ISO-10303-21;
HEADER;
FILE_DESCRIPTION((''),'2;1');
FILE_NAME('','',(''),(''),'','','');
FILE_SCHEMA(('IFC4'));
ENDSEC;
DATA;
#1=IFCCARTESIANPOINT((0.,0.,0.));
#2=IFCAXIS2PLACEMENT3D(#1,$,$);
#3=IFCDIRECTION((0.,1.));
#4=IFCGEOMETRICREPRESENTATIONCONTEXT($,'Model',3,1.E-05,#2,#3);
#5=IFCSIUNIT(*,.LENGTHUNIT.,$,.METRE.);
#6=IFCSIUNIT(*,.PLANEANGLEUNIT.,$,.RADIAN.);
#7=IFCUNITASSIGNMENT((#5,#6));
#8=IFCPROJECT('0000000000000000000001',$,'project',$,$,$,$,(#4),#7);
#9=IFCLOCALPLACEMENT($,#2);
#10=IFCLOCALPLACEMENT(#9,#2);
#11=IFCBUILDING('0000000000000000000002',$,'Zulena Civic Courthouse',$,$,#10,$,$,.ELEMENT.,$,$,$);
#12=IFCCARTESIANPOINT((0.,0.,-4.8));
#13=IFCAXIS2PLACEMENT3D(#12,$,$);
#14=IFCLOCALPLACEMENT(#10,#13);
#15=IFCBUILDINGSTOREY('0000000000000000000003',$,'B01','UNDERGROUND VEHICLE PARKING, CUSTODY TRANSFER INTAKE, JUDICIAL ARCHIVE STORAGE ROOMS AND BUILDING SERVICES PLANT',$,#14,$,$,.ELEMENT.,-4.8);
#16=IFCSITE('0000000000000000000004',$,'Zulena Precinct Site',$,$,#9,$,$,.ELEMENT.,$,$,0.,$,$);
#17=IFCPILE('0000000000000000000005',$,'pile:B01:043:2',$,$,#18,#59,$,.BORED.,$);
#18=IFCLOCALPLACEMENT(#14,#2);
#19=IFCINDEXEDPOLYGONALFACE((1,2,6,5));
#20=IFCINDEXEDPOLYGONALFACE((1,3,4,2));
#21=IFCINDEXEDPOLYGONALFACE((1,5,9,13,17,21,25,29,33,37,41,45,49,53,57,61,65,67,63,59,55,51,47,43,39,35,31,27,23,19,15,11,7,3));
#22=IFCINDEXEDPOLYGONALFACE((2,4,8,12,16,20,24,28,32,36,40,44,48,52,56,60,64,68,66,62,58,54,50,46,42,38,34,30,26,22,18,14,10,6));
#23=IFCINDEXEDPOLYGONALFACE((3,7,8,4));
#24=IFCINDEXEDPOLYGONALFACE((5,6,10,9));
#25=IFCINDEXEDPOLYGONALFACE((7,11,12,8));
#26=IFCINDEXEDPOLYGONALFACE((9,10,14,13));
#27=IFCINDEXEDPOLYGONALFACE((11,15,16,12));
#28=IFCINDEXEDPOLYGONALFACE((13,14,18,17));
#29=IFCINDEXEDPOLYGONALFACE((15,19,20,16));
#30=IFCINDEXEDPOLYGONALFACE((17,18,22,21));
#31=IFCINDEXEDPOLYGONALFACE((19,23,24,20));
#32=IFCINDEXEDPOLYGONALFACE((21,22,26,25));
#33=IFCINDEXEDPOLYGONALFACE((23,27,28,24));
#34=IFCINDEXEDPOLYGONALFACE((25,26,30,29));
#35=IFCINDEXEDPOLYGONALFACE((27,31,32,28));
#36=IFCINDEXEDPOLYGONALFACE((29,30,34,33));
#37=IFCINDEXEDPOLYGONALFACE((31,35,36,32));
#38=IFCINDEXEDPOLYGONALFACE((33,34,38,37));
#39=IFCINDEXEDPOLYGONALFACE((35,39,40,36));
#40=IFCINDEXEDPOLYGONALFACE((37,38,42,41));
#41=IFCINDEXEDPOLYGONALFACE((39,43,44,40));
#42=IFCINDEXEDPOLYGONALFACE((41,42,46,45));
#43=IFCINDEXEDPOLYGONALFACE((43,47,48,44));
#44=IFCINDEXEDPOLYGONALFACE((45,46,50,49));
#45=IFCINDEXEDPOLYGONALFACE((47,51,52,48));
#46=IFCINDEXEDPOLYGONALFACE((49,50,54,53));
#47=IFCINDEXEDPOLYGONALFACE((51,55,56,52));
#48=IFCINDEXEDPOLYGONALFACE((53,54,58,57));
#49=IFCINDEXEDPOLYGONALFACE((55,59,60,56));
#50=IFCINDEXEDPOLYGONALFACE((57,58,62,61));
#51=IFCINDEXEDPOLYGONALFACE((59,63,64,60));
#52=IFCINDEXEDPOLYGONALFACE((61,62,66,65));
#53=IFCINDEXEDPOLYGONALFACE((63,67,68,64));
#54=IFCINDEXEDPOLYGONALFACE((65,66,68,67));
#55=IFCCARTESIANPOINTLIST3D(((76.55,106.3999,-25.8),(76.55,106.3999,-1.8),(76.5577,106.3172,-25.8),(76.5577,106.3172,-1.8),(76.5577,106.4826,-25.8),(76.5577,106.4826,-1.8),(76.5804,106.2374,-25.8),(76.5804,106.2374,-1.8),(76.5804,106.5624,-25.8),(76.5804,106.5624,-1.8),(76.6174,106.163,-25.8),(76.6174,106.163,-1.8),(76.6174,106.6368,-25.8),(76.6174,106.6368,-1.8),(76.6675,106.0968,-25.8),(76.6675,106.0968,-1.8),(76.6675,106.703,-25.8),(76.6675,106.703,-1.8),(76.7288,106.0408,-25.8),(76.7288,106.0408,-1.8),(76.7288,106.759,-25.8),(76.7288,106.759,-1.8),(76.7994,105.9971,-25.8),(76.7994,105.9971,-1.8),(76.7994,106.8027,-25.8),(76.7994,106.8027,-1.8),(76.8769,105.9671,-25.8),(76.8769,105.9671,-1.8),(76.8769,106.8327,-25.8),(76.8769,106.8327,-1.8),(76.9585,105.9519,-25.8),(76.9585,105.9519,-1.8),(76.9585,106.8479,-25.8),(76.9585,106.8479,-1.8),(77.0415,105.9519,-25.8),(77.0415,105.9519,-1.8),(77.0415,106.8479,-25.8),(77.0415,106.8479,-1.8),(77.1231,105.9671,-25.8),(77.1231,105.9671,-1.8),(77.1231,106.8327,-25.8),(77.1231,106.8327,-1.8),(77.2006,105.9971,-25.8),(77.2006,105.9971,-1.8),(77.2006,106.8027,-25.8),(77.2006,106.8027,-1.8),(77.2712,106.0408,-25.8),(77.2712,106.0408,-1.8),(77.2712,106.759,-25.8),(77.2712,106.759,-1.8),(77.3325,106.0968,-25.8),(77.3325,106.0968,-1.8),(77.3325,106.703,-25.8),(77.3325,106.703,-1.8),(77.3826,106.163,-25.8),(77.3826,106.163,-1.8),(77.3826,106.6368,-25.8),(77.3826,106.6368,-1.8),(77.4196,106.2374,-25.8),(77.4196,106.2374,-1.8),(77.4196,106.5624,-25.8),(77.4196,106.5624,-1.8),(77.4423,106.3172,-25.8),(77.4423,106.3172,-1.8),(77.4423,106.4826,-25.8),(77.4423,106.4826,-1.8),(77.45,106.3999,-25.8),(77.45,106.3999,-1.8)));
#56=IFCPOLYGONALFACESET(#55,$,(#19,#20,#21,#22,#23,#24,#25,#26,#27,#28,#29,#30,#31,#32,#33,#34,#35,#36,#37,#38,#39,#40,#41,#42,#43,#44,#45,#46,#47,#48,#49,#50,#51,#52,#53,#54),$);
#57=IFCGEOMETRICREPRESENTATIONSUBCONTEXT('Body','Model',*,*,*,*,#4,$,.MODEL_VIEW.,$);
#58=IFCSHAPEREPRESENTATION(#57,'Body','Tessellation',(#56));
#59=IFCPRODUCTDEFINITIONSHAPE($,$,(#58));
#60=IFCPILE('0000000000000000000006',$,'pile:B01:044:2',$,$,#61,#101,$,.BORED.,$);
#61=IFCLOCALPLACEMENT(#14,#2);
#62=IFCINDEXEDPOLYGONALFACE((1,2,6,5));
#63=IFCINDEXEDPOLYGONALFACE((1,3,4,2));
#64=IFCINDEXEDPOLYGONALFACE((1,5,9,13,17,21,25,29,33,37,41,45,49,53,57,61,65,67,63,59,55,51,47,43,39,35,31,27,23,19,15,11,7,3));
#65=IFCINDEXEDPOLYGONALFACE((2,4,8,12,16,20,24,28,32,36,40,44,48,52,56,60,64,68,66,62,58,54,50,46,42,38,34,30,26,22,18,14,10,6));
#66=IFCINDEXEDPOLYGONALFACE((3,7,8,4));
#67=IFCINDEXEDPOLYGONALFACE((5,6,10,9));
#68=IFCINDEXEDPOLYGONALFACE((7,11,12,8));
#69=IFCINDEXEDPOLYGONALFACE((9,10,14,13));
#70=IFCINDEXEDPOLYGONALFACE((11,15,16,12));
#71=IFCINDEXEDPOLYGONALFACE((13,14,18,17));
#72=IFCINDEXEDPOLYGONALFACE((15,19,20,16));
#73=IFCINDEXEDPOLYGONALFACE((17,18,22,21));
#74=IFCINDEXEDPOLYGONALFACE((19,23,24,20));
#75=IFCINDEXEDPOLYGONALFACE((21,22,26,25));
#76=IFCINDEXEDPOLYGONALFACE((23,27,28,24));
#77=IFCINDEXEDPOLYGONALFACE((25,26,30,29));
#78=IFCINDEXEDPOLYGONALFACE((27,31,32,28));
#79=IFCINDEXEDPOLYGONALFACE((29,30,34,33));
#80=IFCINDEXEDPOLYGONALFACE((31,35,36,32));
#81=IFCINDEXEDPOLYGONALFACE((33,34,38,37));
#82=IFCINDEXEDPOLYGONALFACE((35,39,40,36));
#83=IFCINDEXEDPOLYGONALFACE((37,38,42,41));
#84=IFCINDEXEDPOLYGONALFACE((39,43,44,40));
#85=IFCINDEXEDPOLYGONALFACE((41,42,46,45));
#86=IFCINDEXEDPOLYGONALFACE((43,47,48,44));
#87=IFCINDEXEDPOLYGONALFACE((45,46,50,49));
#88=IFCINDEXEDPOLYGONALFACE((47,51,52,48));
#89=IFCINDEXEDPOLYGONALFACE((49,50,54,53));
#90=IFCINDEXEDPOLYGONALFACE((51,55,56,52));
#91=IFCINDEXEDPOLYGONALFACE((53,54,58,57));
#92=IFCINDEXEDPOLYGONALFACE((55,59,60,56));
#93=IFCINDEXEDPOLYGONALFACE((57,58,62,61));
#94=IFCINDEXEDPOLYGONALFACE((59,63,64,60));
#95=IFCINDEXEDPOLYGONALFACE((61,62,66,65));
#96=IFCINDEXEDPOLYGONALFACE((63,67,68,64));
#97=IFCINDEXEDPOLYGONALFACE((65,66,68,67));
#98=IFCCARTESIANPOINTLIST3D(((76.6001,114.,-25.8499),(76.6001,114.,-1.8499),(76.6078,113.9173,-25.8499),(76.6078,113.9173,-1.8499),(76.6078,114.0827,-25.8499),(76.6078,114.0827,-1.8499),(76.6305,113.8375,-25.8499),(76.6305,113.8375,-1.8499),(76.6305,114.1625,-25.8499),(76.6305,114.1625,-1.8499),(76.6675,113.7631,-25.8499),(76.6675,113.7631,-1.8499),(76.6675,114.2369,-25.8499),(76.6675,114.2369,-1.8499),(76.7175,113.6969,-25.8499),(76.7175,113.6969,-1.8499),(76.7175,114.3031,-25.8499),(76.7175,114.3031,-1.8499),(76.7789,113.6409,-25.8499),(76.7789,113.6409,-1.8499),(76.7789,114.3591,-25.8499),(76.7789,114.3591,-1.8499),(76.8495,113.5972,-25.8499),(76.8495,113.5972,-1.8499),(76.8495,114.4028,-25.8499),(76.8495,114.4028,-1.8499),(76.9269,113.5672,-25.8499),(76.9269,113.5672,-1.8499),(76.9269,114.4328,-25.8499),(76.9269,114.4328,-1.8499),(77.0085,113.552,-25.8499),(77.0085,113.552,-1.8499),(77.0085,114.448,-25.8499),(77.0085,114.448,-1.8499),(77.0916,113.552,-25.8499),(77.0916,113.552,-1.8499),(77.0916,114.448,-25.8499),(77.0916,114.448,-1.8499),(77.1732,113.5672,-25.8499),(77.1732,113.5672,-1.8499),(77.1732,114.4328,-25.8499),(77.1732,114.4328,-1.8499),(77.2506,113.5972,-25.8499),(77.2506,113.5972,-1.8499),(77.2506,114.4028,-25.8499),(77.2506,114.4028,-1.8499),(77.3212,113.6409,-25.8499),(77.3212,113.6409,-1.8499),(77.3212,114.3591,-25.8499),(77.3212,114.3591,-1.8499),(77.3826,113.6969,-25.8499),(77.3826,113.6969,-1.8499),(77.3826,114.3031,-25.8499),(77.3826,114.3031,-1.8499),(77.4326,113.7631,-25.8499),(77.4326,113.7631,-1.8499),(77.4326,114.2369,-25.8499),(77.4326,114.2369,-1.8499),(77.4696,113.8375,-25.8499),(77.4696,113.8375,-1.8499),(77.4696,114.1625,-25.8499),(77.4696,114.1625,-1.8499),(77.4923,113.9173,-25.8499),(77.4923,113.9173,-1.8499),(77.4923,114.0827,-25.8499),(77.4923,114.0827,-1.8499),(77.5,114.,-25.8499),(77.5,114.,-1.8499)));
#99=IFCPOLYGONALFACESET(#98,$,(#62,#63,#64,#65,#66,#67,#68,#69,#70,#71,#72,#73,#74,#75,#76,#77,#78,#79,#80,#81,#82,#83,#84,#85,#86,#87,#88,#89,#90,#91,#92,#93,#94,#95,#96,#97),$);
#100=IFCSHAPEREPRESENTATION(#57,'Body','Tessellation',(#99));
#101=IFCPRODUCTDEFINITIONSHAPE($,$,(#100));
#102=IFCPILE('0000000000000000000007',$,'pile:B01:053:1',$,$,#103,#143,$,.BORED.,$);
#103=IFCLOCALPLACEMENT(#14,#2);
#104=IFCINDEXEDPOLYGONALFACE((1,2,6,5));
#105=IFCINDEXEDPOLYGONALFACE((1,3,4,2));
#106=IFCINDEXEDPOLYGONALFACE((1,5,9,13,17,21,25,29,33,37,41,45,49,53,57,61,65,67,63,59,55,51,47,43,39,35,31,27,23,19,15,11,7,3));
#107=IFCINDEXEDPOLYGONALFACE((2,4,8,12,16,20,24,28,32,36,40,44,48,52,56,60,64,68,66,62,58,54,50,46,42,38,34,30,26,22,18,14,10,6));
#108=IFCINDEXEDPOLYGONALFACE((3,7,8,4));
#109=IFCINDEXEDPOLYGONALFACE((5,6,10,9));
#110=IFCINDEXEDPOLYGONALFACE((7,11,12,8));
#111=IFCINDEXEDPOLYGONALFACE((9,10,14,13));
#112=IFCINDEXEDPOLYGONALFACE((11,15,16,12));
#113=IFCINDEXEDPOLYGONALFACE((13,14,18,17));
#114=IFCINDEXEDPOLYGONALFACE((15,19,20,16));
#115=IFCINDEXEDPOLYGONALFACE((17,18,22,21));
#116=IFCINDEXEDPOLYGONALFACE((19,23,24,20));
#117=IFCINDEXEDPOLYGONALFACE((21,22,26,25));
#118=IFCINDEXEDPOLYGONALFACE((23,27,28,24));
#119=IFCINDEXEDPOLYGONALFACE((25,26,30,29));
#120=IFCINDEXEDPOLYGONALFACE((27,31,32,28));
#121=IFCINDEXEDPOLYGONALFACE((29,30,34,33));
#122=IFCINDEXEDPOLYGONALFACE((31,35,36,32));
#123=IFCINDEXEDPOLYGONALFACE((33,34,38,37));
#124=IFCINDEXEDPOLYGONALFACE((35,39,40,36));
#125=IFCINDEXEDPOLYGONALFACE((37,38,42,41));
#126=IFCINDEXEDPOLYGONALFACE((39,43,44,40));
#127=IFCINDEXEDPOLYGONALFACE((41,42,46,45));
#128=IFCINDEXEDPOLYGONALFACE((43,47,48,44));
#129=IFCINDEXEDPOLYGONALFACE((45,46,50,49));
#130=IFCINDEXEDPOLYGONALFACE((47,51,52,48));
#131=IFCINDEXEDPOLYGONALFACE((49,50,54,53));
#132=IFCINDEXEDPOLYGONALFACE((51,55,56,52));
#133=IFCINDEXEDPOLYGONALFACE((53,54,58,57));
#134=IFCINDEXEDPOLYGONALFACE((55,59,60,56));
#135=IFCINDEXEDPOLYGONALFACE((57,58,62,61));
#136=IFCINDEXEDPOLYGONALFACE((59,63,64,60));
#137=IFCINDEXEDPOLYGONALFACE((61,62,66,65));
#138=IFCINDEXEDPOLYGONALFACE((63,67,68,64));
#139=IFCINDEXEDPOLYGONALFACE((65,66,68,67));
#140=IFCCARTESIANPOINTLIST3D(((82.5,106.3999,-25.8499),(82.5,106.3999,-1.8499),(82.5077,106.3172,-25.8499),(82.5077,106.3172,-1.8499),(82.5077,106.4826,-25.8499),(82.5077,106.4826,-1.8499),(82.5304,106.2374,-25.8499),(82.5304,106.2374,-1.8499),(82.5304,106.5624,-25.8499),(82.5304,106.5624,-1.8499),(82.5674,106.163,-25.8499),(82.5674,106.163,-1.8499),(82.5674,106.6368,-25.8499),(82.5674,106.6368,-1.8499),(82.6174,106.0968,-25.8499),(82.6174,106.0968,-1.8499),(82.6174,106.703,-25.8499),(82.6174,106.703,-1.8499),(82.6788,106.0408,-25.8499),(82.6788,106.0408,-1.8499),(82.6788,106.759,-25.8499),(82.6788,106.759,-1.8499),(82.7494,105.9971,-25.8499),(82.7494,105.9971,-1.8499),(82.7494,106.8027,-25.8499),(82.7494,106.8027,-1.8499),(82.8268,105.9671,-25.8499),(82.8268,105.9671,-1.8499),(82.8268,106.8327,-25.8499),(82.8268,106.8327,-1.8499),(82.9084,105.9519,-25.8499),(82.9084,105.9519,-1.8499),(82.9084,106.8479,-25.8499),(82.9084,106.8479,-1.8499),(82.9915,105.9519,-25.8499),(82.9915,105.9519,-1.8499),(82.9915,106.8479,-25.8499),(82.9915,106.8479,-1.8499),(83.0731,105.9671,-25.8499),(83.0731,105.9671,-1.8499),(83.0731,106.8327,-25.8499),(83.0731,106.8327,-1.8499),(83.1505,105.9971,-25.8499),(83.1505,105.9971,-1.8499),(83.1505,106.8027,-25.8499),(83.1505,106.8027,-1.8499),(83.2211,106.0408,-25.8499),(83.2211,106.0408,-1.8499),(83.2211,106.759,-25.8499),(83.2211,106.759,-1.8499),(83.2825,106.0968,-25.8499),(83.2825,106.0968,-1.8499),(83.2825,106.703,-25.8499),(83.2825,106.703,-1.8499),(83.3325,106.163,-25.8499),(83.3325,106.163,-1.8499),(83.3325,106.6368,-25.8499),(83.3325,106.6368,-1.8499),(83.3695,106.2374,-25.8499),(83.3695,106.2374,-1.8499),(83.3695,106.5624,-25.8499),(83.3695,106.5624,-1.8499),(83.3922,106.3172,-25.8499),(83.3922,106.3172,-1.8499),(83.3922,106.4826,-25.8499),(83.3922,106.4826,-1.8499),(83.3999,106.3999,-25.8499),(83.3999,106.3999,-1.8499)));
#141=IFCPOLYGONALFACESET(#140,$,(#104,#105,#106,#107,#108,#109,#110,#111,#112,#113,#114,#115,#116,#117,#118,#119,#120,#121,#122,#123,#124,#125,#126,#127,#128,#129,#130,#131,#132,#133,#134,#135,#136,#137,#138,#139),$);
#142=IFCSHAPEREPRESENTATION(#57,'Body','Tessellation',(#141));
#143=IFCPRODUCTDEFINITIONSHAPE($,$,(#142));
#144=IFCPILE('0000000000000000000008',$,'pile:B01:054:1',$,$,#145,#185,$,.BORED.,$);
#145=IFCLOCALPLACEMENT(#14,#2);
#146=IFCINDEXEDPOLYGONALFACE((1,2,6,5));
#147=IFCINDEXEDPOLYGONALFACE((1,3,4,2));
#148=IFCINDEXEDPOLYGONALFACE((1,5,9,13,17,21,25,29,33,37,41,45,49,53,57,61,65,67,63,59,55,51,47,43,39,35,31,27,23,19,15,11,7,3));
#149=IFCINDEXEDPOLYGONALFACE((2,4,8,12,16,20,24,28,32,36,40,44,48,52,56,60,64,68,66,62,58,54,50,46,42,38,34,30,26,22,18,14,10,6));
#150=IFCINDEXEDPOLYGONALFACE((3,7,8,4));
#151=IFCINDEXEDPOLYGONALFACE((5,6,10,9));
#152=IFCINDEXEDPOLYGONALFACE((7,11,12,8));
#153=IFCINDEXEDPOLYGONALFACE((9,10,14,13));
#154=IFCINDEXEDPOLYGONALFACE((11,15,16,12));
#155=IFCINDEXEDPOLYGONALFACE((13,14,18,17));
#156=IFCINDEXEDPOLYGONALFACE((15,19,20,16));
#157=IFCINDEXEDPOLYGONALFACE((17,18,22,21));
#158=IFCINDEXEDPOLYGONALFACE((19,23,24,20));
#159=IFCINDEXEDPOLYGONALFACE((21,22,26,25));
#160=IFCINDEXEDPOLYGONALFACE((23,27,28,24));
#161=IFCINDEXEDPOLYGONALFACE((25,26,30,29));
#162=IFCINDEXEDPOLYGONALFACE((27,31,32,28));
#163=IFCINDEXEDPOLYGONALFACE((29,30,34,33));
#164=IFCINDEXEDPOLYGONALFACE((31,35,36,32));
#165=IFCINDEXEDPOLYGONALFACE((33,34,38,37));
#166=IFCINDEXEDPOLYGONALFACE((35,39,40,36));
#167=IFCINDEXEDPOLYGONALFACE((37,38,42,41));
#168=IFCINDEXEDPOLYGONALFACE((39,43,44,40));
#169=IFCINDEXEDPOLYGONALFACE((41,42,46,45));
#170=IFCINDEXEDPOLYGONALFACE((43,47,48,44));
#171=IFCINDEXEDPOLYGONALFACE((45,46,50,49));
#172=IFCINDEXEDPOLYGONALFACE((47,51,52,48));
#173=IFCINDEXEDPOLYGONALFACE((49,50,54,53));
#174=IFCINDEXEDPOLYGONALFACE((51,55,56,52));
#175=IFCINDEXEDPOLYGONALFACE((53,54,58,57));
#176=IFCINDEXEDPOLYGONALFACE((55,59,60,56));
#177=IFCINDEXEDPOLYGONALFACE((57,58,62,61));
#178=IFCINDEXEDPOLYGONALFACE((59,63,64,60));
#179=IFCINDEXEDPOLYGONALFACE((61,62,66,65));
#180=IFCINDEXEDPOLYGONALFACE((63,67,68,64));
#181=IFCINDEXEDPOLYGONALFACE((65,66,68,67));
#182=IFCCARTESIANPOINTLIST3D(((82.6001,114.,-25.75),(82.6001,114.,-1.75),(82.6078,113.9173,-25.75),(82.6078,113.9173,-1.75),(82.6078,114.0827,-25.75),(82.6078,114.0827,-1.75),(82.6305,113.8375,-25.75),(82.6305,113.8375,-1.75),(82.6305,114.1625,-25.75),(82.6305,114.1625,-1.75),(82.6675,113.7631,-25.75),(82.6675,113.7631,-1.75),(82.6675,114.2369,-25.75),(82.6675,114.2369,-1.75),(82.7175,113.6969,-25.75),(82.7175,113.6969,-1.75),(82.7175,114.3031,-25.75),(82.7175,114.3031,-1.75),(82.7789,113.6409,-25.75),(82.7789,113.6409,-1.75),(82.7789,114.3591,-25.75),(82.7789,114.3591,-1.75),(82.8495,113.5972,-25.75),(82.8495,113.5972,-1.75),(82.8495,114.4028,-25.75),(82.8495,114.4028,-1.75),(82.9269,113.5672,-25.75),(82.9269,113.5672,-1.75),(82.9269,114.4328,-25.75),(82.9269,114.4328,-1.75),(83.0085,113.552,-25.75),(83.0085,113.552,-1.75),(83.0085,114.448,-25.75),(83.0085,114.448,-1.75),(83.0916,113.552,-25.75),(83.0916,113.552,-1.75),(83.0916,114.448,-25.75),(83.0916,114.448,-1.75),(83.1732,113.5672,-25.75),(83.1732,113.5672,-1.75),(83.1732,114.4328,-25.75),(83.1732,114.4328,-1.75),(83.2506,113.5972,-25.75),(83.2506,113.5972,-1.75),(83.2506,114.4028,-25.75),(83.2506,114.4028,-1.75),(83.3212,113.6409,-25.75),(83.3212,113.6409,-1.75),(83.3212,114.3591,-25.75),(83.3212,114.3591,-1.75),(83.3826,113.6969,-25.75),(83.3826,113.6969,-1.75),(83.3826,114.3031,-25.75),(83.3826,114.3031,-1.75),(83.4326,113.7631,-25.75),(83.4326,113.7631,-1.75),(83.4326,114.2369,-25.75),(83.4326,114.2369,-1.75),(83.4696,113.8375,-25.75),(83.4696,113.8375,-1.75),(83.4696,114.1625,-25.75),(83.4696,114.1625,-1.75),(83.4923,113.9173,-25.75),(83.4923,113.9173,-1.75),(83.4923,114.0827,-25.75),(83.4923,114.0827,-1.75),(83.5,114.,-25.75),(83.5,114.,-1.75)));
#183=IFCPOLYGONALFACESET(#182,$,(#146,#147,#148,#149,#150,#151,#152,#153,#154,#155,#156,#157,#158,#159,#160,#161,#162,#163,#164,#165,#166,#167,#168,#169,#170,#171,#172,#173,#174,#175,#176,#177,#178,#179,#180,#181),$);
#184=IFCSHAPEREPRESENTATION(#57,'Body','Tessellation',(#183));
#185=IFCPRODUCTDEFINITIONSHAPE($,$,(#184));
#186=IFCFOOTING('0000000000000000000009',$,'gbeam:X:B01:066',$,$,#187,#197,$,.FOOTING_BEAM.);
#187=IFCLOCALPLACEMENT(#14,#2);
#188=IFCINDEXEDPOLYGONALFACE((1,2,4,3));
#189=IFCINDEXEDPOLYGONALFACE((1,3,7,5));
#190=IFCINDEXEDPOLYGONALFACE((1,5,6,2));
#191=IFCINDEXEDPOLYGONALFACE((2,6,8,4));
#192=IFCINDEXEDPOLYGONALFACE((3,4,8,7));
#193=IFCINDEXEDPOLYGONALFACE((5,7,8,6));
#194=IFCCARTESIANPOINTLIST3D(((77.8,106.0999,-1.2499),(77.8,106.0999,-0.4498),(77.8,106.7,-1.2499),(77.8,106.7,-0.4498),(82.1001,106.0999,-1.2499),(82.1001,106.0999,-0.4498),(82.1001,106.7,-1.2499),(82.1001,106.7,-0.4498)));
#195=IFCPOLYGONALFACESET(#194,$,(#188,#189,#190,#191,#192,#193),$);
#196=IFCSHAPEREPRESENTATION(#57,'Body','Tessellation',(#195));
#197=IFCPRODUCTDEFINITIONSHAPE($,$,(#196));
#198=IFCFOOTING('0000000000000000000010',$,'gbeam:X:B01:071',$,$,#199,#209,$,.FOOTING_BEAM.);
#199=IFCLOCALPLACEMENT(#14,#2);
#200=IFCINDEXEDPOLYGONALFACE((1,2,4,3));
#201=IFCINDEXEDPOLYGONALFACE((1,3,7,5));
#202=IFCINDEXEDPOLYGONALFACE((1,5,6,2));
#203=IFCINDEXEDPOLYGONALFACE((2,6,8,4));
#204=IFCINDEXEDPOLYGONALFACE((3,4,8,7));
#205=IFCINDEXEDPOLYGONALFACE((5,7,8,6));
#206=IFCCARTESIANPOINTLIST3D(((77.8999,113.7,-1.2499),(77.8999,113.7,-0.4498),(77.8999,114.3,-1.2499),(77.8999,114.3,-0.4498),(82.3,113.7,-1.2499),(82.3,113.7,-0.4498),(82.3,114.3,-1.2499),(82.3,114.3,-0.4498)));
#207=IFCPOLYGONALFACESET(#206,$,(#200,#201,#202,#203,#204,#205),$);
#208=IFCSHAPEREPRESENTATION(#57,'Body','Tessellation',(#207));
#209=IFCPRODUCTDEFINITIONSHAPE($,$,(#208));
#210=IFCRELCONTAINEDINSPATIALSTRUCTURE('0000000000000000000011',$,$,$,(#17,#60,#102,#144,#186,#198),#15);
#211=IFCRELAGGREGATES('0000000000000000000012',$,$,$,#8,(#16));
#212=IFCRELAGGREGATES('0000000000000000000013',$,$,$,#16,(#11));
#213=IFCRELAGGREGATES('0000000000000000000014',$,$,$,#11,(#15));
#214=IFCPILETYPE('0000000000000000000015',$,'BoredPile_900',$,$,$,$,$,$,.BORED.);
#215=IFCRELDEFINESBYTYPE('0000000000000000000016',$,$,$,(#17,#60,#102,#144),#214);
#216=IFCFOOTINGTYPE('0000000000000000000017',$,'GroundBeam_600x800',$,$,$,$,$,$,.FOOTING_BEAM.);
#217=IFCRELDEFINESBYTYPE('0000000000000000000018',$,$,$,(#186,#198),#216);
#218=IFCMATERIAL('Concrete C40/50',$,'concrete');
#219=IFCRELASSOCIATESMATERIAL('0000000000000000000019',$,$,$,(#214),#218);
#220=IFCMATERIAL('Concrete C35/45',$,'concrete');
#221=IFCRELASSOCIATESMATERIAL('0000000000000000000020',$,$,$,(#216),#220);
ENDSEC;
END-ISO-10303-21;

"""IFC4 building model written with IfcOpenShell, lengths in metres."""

from ifc_helpers import new_model, si_unit, direction, frame, origin, origin_2d, place, context, subcontext, project, spatial, rectangle, circle, extrude, material, material_profile, profile_set, type_object, element, save


model = new_model("IFC4")

# Units and contexts
model_context = context("Model", 3, precision=1e-05, world=origin(), true_north=direction((0.0, 1.0)))
body_context = subcontext(model_context, "Body", "Model", "MODEL_VIEW")
ifc_project = project(units=[si_unit("LENGTHUNIT", "METRE"), si_unit("PLANEANGLEUNIT", "RADIAN")], contexts=[model_context])

# Site, building, storey
site_placement = place(None, origin())
site = spatial("IfcSite", under=ifc_project, at=site_placement, Name="Zulena Precinct Site", CompositionType="ELEMENT", RefElevation=0.0)
building_placement = place(site_placement, origin())
building = spatial("IfcBuilding", under=site, at=building_placement, Name="Zulena Civic Courthouse", CompositionType="ELEMENT")
storey_placement = place(building_placement, frame((0.0, 0.0, -4.8)))
storey = spatial("IfcBuildingStorey", under=building, at=storey_placement, Name="B01", Description="UNDERGROUND VEHICLE PARKING, CUSTODY TRANSFER INTAKE, JUDICIAL ARCHIVE STORAGE ROOMS AND BUILDING SERVICES PLANT", CompositionType="ELEMENT", Elevation=-4.8)

# Piles
ifc_material_1 = material(Name="Concrete C40/50", Category="concrete")
ifc_material_profile_1 = material_profile(ifc_material_1, circle(Radius=0.45, at=origin_2d()), Name="PILE900")
ifc_profile_set_1 = profile_set([ifc_material_profile_1], Name="Concrete C40/50")
pile_type = type_object("IfcPileType", Name="BoredPile_900", PredefinedType="BORED", material=ifc_profile_set_1)
for number, where, z_axis, x_axis, name in (
    (1, (77.0, 106.3999, -1.8), (0.0, 0.0, -1.0), (1.0, 0.0, 0.0), "pile:B01:043:2"),
    (2, (77.05, 114.0, -1.8499), (0.0, 0.0, -1.0), (1.0, 0.0, 0.0), "pile:B01:044:2"),
    (3, (82.95, 106.3999, -1.8499), (0.0, 0.0, -1.0), (1.0, 0.0, 0.0), "pile:B01:053:1"),
    (4, (83.05, 114.0, -1.75), (0.0, 0.0, -1.0), (1.0, 0.0, 0.0), "pile:B01:054:1"),
):
    element("IfcPile", number, at=place(storey_placement, frame(where, z_axis=z_axis, x_axis=x_axis)), inside=storey, type_object=pile_type, Name=name, PredefinedType="BORED", context=body_context, shape_type="SweptSolid", body=[
        extrude(circle(Radius=0.45, at=origin_2d()), origin(), (0.0, 0.0, 1.0), 24.0),
    ])

# Footings
ifc_material_2 = material(Name="Concrete C35/45", Category="concrete")
ifc_material_profile_2 = material_profile(ifc_material_2, rectangle(XDim=0.6001, YDim=0.8, at=origin_2d()), Name="RC600X800")
ifc_profile_set_2 = profile_set([ifc_material_profile_2], Name="Concrete C35/45")
footing_type_1 = type_object("IfcFootingType", Name="GroundBeam_600x800", PredefinedType="FOOTING_BEAM", material=ifc_profile_set_2)
footing_1_placement = place(storey_placement, frame((77.8, 106.3999, -0.8499), z_axis=(1.0, 0.0, 0.0), x_axis=(0.0, 1.0, 0.0)))
element("IfcFooting", 5, at=footing_1_placement, inside=storey, type_object=footing_type_1, Name="gbeam:X:B01:066", PredefinedType="FOOTING_BEAM", context=body_context, shape_type="SweptSolid", body=[
    extrude(rectangle(XDim=0.6001, YDim=0.8, at=origin_2d()), origin(), (0.0, 0.0, 1.0), 4.3),
])
footing_2_placement = place(storey_placement, frame((77.8999, 114.0, -0.8499), z_axis=(1.0, 0.0, 0.0), x_axis=(0.0, 1.0, 0.0)))
element("IfcFooting", 6, at=footing_2_placement, inside=storey, type_object=footing_type_1, Name="gbeam:X:B01:071", PredefinedType="FOOTING_BEAM", context=body_context, shape_type="SweptSolid", body=[
    extrude(rectangle(XDim=0.6001, YDim=0.8, at=origin_2d()), origin(), (0.0, 0.0, 1.0), 4.4001),
])

save(model, "model.ifc")
